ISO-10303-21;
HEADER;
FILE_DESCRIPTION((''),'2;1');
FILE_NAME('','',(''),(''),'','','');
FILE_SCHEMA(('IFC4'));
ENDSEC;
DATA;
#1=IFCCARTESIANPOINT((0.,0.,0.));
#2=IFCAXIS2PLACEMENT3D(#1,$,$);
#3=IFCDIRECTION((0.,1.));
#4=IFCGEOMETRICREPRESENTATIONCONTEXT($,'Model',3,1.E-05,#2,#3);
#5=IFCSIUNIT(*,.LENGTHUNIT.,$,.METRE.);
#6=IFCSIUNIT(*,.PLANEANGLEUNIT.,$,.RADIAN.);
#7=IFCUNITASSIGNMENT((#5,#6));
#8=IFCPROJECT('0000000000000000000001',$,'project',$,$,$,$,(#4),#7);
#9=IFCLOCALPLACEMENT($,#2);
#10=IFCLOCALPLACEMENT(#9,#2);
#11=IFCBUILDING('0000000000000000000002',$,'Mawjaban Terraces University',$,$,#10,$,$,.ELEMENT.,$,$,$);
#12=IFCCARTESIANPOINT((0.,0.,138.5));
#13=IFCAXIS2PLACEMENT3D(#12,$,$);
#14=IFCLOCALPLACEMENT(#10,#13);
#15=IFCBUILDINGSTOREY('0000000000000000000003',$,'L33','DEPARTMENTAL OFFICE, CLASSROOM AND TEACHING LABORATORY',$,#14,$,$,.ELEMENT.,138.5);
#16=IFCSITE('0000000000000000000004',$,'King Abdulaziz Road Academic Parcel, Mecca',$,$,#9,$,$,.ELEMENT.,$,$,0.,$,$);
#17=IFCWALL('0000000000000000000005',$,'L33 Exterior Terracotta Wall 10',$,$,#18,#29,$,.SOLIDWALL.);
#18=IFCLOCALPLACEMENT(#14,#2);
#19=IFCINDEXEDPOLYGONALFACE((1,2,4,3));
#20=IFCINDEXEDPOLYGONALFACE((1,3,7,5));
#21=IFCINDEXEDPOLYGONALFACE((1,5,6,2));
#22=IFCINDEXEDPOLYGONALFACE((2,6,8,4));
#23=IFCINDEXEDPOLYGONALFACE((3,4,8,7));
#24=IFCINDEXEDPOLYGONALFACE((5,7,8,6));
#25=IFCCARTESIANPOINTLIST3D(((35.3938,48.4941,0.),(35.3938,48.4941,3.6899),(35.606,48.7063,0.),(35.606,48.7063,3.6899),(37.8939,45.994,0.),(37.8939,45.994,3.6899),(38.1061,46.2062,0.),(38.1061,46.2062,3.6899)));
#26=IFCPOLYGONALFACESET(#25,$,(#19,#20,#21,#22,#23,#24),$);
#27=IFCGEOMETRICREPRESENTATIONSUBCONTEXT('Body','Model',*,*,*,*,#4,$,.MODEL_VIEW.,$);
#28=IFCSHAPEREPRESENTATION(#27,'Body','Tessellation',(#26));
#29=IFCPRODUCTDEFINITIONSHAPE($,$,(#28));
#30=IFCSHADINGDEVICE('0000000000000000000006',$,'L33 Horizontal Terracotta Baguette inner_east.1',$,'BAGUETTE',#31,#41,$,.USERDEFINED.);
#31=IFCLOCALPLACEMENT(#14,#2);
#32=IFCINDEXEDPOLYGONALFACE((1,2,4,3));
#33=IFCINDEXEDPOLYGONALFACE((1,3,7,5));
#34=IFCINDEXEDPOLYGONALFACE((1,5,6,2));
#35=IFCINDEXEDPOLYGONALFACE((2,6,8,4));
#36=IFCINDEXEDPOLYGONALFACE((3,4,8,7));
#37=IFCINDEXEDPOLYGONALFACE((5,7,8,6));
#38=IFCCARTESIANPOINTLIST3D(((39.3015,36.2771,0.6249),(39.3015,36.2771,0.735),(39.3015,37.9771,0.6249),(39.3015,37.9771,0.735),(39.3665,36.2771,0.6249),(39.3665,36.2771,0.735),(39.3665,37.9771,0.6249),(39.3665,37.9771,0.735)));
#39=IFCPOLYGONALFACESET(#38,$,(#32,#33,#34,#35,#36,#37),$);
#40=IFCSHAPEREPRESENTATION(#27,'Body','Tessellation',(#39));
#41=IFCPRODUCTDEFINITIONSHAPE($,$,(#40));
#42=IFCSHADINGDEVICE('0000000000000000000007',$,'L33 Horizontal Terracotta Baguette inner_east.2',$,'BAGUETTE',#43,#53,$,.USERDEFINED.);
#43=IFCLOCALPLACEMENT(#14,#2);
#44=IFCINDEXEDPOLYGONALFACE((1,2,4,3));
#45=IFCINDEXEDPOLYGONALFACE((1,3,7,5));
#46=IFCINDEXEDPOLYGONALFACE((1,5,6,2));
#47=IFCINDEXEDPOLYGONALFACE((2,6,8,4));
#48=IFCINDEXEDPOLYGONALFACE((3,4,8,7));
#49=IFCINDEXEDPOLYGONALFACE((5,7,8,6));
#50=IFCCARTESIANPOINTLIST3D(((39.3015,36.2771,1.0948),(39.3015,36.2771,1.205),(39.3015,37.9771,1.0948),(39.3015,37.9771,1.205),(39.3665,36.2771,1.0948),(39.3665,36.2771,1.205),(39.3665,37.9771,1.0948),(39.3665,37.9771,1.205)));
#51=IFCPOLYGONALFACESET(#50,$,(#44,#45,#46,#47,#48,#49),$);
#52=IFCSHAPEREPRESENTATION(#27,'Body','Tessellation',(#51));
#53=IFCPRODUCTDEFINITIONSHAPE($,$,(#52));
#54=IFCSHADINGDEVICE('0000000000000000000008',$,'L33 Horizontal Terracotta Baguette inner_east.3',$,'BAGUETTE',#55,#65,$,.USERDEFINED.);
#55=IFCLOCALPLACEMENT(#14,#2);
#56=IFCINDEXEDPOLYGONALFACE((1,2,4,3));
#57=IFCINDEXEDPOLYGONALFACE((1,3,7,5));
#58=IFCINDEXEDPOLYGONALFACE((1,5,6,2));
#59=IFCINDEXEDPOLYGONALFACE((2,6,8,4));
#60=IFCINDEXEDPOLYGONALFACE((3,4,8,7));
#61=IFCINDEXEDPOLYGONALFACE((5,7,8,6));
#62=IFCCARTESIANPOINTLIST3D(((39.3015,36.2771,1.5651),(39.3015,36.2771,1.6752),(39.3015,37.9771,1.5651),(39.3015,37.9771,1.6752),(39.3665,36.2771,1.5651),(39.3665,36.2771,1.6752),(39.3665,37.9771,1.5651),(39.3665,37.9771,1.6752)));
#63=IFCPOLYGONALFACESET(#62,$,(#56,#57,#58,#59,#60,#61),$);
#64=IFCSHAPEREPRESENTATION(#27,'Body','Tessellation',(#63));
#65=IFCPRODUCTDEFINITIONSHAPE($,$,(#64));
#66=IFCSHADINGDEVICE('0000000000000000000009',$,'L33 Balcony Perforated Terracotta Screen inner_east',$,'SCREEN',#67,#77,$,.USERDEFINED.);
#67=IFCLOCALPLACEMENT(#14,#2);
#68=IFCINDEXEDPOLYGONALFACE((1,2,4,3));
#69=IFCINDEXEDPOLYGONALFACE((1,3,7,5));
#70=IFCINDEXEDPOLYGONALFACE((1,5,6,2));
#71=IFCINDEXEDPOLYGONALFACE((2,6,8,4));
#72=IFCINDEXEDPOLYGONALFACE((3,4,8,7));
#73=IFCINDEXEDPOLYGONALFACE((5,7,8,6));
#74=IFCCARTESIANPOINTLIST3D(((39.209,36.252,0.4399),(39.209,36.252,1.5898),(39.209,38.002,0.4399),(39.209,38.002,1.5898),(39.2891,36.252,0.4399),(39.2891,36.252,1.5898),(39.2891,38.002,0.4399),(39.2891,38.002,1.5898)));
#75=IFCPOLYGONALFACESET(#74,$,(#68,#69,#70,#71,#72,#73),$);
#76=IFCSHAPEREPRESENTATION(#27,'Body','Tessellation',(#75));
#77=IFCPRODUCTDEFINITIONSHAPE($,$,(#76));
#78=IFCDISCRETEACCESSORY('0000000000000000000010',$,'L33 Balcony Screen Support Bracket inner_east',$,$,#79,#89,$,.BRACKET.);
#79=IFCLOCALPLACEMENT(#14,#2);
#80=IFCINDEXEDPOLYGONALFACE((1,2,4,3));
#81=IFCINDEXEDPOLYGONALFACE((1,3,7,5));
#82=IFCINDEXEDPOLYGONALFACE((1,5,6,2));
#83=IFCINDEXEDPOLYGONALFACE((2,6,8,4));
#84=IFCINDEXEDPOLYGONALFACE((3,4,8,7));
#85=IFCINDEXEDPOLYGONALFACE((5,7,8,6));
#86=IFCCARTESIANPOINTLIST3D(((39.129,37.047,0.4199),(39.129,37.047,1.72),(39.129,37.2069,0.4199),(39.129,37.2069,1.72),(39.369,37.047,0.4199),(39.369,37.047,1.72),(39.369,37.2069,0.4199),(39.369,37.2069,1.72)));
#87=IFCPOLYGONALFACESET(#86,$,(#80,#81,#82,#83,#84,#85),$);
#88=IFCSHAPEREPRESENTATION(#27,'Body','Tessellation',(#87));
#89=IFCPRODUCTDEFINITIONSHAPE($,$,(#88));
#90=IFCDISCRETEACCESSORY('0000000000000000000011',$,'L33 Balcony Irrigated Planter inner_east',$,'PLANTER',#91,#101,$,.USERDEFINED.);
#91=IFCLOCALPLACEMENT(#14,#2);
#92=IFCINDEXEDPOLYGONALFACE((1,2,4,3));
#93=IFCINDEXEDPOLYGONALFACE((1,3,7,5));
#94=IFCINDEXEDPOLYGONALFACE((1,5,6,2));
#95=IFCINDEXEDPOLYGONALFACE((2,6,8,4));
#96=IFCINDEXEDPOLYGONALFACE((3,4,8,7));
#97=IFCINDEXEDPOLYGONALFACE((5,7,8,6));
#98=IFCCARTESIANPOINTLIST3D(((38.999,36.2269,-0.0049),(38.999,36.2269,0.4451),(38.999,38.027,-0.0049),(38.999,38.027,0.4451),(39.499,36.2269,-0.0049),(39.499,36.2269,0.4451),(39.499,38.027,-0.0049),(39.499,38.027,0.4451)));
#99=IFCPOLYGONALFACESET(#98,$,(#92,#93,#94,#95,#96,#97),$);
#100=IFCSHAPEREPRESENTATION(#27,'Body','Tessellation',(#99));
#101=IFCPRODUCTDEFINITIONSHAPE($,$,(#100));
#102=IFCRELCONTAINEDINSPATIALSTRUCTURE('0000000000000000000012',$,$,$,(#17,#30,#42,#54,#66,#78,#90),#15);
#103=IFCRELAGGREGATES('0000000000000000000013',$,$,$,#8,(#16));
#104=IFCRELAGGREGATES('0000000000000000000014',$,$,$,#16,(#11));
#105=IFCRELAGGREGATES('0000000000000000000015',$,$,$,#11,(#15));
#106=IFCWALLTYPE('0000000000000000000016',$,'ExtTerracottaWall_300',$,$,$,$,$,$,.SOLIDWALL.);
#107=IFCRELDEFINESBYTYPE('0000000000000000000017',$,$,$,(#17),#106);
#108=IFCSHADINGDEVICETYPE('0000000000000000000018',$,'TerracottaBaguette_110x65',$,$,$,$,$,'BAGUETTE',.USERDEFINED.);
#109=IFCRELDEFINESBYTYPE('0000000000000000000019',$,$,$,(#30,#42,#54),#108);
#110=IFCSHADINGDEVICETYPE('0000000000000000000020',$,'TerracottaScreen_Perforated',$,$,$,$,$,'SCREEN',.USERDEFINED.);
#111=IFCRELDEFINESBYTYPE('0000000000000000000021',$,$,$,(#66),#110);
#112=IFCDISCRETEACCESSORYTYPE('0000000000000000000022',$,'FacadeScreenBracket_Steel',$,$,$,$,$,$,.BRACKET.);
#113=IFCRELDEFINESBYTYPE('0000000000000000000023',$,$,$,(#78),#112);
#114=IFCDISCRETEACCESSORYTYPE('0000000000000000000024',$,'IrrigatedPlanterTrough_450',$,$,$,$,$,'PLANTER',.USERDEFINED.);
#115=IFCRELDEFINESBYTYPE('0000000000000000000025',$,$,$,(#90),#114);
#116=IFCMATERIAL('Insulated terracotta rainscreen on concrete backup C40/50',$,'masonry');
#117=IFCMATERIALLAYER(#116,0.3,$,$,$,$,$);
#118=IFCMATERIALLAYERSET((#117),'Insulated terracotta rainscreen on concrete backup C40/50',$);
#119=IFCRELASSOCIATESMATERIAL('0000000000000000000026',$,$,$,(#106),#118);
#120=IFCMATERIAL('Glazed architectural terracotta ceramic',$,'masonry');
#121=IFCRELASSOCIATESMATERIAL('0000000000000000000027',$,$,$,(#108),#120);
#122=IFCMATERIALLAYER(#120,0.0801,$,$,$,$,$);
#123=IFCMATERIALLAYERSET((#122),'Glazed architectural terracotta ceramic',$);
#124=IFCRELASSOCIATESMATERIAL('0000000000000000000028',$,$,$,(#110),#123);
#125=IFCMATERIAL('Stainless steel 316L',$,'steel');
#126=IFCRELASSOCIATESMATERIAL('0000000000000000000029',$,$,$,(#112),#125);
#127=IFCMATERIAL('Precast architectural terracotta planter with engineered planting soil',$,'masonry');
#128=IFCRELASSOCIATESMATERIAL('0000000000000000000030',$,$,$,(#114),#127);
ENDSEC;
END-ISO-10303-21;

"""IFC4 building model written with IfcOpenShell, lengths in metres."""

from ifc_helpers import new_model, si_unit, direction, frame, frame_2d, origin, origin_2d, place, context, subcontext, project, spatial, rectangle, extrude, material, layer, layer_set, material_profile, profile_set, type_object, element, save


model = new_model("IFC4")

# Units and contexts
model_context = context("Model", 3, precision=1e-05, world=origin(), true_north=direction((0.0, 1.0)))
body_context = subcontext(model_context, "Body", "Model", "MODEL_VIEW")
ifc_project = project(units=[si_unit("LENGTHUNIT", "METRE"), si_unit("PLANEANGLEUNIT", "RADIAN")], contexts=[model_context])

# Site, building, storey
site_placement = place(None, origin())
site = spatial("IfcSite", under=ifc_project, at=site_placement, Name="King Abdulaziz Road Academic Parcel, Mecca", CompositionType="ELEMENT", RefElevation=0.0)
building_placement = place(site_placement, origin())
building = spatial("IfcBuilding", under=site, at=building_placement, Name="Mawjaban Terraces University", CompositionType="ELEMENT")
storey_placement = place(building_placement, frame((0.0, 0.0, 138.5)))
storey = spatial("IfcBuildingStorey", under=building, at=storey_placement, Name="L33", Description="DEPARTMENTAL OFFICE, CLASSROOM AND TEACHING LABORATORY", CompositionType="ELEMENT", Elevation=138.5)

# Wall
ifc_material_1 = material(Name="Insulated terracotta rainscreen on concrete backup C40/50", Category="masonry")
ifc_layer_1 = layer(ifc_material_1, 0.3)
ifc_layer_set_1 = layer_set([ifc_layer_1], Name="Insulated terracotta rainscreen on concrete backup C40/50")
wall_type = type_object("IfcWallType", Name="ExtTerracottaWall_300", PredefinedType="SOLIDWALL", material=ifc_layer_set_1)
wall_placement = place(storey_placement, frame((38.0, 46.1001, 0.0), z_axis=(0.0, 0.0, 1.0), x_axis=(-0.707107, 0.707107, 0.0)))
element("IfcWall", 1, at=wall_placement, inside=storey, type_object=wall_type, Name="L33 Exterior Terracotta Wall 10", PredefinedType="SOLIDWALL", context=body_context, shape_type="SweptSolid", body=[
    extrude(rectangle(XDim=3.5356, YDim=0.3, at=frame_2d((1.7678, 0.0))), origin(), (0.0, 0.0, 1.0), 3.6899),
])

# Shading devices
ifc_material_2 = material(Name="Glazed architectural terracotta ceramic", Category="masonry")
ifc_material_profile_1 = material_profile(ifc_material_2, rectangle(XDim=0.0649, YDim=0.1101, at=origin_2d()), Name="TBAG110X65")
ifc_profile_set_1 = profile_set([ifc_material_profile_1], Name="Glazed architectural terracotta ceramic")
shading_device_type_1 = type_object("IfcShadingDeviceType", Name="TerracottaBaguette_110x65", ElementType="BAGUETTE", PredefinedType="USERDEFINED", material=ifc_profile_set_1)
for number, where, z_axis, x_axis, name in (
    (2, (39.334, 36.2771, 0.6799), (0.0, 1.0, 0.0), (-1.0, 0.0, 0.0), "L33 Horizontal Terracotta Baguette inner_east.1"),
    (3, (39.334, 36.2771, 1.1499), (0.0, 1.0, 0.0), (-1.0, 0.0, 0.0), "L33 Horizontal Terracotta Baguette inner_east.2"),
    (4, (39.334, 36.2771, 1.6201), (0.0, 1.0, 0.0), (-1.0, 0.0, 0.0), "L33 Horizontal Terracotta Baguette inner_east.3"),
):
    element("IfcShadingDevice", number, at=place(storey_placement, frame(where, z_axis=z_axis, x_axis=x_axis)), inside=storey, type_object=shading_device_type_1, Name=name, ObjectType="BAGUETTE", PredefinedType="USERDEFINED", context=body_context, shape_type="SweptSolid", body=[
        extrude(rectangle(XDim=0.0649, YDim=0.1101, at=origin_2d()), origin(), (0.0, 0.0, 1.0), 1.7),
    ])
ifc_layer_2 = layer(ifc_material_2, 0.0801)
ifc_layer_set_2 = layer_set([ifc_layer_2], Name="Glazed architectural terracotta ceramic")
shading_device_type_2 = type_object("IfcShadingDeviceType", Name="TerracottaScreen_Perforated", ElementType="SCREEN", PredefinedType="USERDEFINED", material=ifc_layer_set_2)
shading_device_placement = place(storey_placement, frame((39.249, 37.127, 0.4399), z_axis=(0.0, 0.0, 1.0), x_axis=(0.0, 1.0, 0.0)))
element("IfcShadingDevice", 5, at=shading_device_placement, inside=storey, type_object=shading_device_type_2, Name="L33 Balcony Perforated Terracotta Screen inner_east", ObjectType="SCREEN", PredefinedType="USERDEFINED", context=body_context, shape_type="SweptSolid", body=[
    extrude(rectangle(XDim=1.75, YDim=0.0801, at=origin_2d()), origin(), (0.0, 0.0, 1.0), 1.1499),
])

# Discrete accessories
ifc_material_3 = material(Name="Stainless steel 316L", Category="steel")
discrete_accessory_type_1 = type_object("IfcDiscreteAccessoryType", Name="FacadeScreenBracket_Steel", PredefinedType="BRACKET", material=ifc_material_3)
discrete_accessory_1_placement = place(storey_placement, frame((39.249, 37.127, 0.4199), z_axis=(0.0, 0.0, 1.0), x_axis=(0.0, 1.0, 0.0)))
element("IfcDiscreteAccessory", 6, at=discrete_accessory_1_placement, inside=storey, type_object=discrete_accessory_type_1, Name="L33 Balcony Screen Support Bracket inner_east", PredefinedType="BRACKET", context=body_context, shape_type="SweptSolid", body=[
    extrude(rectangle(XDim=0.1599, YDim=0.24, at=origin_2d()), origin(), (0.0, 0.0, 1.0), 1.3),
])
ifc_material_4 = material(Name="Precast architectural terracotta planter with engineered planting soil", Category="masonry")
discrete_accessory_type_2 = type_object("IfcDiscreteAccessoryType", Name="IrrigatedPlanterTrough_450", ElementType="PLANTER", PredefinedType="USERDEFINED", material=ifc_material_4)
discrete_accessory_2_placement = place(storey_placement, frame((39.249, 37.127, -0.0049), z_axis=(0.0, 0.0, 1.0), x_axis=(0.0, 1.0, 0.0)))
element("IfcDiscreteAccessory", 7, at=discrete_accessory_2_placement, inside=storey, type_object=discrete_accessory_type_2, Name="L33 Balcony Irrigated Planter inner_east", ObjectType="PLANTER", PredefinedType="USERDEFINED", context=body_context, shape_type="SweptSolid", body=[
    extrude(rectangle(XDim=1.8, YDim=0.5, at=origin_2d()), origin(), (0.0, 0.0, 1.0), 0.45),
])

save(model, "model.ifc")
